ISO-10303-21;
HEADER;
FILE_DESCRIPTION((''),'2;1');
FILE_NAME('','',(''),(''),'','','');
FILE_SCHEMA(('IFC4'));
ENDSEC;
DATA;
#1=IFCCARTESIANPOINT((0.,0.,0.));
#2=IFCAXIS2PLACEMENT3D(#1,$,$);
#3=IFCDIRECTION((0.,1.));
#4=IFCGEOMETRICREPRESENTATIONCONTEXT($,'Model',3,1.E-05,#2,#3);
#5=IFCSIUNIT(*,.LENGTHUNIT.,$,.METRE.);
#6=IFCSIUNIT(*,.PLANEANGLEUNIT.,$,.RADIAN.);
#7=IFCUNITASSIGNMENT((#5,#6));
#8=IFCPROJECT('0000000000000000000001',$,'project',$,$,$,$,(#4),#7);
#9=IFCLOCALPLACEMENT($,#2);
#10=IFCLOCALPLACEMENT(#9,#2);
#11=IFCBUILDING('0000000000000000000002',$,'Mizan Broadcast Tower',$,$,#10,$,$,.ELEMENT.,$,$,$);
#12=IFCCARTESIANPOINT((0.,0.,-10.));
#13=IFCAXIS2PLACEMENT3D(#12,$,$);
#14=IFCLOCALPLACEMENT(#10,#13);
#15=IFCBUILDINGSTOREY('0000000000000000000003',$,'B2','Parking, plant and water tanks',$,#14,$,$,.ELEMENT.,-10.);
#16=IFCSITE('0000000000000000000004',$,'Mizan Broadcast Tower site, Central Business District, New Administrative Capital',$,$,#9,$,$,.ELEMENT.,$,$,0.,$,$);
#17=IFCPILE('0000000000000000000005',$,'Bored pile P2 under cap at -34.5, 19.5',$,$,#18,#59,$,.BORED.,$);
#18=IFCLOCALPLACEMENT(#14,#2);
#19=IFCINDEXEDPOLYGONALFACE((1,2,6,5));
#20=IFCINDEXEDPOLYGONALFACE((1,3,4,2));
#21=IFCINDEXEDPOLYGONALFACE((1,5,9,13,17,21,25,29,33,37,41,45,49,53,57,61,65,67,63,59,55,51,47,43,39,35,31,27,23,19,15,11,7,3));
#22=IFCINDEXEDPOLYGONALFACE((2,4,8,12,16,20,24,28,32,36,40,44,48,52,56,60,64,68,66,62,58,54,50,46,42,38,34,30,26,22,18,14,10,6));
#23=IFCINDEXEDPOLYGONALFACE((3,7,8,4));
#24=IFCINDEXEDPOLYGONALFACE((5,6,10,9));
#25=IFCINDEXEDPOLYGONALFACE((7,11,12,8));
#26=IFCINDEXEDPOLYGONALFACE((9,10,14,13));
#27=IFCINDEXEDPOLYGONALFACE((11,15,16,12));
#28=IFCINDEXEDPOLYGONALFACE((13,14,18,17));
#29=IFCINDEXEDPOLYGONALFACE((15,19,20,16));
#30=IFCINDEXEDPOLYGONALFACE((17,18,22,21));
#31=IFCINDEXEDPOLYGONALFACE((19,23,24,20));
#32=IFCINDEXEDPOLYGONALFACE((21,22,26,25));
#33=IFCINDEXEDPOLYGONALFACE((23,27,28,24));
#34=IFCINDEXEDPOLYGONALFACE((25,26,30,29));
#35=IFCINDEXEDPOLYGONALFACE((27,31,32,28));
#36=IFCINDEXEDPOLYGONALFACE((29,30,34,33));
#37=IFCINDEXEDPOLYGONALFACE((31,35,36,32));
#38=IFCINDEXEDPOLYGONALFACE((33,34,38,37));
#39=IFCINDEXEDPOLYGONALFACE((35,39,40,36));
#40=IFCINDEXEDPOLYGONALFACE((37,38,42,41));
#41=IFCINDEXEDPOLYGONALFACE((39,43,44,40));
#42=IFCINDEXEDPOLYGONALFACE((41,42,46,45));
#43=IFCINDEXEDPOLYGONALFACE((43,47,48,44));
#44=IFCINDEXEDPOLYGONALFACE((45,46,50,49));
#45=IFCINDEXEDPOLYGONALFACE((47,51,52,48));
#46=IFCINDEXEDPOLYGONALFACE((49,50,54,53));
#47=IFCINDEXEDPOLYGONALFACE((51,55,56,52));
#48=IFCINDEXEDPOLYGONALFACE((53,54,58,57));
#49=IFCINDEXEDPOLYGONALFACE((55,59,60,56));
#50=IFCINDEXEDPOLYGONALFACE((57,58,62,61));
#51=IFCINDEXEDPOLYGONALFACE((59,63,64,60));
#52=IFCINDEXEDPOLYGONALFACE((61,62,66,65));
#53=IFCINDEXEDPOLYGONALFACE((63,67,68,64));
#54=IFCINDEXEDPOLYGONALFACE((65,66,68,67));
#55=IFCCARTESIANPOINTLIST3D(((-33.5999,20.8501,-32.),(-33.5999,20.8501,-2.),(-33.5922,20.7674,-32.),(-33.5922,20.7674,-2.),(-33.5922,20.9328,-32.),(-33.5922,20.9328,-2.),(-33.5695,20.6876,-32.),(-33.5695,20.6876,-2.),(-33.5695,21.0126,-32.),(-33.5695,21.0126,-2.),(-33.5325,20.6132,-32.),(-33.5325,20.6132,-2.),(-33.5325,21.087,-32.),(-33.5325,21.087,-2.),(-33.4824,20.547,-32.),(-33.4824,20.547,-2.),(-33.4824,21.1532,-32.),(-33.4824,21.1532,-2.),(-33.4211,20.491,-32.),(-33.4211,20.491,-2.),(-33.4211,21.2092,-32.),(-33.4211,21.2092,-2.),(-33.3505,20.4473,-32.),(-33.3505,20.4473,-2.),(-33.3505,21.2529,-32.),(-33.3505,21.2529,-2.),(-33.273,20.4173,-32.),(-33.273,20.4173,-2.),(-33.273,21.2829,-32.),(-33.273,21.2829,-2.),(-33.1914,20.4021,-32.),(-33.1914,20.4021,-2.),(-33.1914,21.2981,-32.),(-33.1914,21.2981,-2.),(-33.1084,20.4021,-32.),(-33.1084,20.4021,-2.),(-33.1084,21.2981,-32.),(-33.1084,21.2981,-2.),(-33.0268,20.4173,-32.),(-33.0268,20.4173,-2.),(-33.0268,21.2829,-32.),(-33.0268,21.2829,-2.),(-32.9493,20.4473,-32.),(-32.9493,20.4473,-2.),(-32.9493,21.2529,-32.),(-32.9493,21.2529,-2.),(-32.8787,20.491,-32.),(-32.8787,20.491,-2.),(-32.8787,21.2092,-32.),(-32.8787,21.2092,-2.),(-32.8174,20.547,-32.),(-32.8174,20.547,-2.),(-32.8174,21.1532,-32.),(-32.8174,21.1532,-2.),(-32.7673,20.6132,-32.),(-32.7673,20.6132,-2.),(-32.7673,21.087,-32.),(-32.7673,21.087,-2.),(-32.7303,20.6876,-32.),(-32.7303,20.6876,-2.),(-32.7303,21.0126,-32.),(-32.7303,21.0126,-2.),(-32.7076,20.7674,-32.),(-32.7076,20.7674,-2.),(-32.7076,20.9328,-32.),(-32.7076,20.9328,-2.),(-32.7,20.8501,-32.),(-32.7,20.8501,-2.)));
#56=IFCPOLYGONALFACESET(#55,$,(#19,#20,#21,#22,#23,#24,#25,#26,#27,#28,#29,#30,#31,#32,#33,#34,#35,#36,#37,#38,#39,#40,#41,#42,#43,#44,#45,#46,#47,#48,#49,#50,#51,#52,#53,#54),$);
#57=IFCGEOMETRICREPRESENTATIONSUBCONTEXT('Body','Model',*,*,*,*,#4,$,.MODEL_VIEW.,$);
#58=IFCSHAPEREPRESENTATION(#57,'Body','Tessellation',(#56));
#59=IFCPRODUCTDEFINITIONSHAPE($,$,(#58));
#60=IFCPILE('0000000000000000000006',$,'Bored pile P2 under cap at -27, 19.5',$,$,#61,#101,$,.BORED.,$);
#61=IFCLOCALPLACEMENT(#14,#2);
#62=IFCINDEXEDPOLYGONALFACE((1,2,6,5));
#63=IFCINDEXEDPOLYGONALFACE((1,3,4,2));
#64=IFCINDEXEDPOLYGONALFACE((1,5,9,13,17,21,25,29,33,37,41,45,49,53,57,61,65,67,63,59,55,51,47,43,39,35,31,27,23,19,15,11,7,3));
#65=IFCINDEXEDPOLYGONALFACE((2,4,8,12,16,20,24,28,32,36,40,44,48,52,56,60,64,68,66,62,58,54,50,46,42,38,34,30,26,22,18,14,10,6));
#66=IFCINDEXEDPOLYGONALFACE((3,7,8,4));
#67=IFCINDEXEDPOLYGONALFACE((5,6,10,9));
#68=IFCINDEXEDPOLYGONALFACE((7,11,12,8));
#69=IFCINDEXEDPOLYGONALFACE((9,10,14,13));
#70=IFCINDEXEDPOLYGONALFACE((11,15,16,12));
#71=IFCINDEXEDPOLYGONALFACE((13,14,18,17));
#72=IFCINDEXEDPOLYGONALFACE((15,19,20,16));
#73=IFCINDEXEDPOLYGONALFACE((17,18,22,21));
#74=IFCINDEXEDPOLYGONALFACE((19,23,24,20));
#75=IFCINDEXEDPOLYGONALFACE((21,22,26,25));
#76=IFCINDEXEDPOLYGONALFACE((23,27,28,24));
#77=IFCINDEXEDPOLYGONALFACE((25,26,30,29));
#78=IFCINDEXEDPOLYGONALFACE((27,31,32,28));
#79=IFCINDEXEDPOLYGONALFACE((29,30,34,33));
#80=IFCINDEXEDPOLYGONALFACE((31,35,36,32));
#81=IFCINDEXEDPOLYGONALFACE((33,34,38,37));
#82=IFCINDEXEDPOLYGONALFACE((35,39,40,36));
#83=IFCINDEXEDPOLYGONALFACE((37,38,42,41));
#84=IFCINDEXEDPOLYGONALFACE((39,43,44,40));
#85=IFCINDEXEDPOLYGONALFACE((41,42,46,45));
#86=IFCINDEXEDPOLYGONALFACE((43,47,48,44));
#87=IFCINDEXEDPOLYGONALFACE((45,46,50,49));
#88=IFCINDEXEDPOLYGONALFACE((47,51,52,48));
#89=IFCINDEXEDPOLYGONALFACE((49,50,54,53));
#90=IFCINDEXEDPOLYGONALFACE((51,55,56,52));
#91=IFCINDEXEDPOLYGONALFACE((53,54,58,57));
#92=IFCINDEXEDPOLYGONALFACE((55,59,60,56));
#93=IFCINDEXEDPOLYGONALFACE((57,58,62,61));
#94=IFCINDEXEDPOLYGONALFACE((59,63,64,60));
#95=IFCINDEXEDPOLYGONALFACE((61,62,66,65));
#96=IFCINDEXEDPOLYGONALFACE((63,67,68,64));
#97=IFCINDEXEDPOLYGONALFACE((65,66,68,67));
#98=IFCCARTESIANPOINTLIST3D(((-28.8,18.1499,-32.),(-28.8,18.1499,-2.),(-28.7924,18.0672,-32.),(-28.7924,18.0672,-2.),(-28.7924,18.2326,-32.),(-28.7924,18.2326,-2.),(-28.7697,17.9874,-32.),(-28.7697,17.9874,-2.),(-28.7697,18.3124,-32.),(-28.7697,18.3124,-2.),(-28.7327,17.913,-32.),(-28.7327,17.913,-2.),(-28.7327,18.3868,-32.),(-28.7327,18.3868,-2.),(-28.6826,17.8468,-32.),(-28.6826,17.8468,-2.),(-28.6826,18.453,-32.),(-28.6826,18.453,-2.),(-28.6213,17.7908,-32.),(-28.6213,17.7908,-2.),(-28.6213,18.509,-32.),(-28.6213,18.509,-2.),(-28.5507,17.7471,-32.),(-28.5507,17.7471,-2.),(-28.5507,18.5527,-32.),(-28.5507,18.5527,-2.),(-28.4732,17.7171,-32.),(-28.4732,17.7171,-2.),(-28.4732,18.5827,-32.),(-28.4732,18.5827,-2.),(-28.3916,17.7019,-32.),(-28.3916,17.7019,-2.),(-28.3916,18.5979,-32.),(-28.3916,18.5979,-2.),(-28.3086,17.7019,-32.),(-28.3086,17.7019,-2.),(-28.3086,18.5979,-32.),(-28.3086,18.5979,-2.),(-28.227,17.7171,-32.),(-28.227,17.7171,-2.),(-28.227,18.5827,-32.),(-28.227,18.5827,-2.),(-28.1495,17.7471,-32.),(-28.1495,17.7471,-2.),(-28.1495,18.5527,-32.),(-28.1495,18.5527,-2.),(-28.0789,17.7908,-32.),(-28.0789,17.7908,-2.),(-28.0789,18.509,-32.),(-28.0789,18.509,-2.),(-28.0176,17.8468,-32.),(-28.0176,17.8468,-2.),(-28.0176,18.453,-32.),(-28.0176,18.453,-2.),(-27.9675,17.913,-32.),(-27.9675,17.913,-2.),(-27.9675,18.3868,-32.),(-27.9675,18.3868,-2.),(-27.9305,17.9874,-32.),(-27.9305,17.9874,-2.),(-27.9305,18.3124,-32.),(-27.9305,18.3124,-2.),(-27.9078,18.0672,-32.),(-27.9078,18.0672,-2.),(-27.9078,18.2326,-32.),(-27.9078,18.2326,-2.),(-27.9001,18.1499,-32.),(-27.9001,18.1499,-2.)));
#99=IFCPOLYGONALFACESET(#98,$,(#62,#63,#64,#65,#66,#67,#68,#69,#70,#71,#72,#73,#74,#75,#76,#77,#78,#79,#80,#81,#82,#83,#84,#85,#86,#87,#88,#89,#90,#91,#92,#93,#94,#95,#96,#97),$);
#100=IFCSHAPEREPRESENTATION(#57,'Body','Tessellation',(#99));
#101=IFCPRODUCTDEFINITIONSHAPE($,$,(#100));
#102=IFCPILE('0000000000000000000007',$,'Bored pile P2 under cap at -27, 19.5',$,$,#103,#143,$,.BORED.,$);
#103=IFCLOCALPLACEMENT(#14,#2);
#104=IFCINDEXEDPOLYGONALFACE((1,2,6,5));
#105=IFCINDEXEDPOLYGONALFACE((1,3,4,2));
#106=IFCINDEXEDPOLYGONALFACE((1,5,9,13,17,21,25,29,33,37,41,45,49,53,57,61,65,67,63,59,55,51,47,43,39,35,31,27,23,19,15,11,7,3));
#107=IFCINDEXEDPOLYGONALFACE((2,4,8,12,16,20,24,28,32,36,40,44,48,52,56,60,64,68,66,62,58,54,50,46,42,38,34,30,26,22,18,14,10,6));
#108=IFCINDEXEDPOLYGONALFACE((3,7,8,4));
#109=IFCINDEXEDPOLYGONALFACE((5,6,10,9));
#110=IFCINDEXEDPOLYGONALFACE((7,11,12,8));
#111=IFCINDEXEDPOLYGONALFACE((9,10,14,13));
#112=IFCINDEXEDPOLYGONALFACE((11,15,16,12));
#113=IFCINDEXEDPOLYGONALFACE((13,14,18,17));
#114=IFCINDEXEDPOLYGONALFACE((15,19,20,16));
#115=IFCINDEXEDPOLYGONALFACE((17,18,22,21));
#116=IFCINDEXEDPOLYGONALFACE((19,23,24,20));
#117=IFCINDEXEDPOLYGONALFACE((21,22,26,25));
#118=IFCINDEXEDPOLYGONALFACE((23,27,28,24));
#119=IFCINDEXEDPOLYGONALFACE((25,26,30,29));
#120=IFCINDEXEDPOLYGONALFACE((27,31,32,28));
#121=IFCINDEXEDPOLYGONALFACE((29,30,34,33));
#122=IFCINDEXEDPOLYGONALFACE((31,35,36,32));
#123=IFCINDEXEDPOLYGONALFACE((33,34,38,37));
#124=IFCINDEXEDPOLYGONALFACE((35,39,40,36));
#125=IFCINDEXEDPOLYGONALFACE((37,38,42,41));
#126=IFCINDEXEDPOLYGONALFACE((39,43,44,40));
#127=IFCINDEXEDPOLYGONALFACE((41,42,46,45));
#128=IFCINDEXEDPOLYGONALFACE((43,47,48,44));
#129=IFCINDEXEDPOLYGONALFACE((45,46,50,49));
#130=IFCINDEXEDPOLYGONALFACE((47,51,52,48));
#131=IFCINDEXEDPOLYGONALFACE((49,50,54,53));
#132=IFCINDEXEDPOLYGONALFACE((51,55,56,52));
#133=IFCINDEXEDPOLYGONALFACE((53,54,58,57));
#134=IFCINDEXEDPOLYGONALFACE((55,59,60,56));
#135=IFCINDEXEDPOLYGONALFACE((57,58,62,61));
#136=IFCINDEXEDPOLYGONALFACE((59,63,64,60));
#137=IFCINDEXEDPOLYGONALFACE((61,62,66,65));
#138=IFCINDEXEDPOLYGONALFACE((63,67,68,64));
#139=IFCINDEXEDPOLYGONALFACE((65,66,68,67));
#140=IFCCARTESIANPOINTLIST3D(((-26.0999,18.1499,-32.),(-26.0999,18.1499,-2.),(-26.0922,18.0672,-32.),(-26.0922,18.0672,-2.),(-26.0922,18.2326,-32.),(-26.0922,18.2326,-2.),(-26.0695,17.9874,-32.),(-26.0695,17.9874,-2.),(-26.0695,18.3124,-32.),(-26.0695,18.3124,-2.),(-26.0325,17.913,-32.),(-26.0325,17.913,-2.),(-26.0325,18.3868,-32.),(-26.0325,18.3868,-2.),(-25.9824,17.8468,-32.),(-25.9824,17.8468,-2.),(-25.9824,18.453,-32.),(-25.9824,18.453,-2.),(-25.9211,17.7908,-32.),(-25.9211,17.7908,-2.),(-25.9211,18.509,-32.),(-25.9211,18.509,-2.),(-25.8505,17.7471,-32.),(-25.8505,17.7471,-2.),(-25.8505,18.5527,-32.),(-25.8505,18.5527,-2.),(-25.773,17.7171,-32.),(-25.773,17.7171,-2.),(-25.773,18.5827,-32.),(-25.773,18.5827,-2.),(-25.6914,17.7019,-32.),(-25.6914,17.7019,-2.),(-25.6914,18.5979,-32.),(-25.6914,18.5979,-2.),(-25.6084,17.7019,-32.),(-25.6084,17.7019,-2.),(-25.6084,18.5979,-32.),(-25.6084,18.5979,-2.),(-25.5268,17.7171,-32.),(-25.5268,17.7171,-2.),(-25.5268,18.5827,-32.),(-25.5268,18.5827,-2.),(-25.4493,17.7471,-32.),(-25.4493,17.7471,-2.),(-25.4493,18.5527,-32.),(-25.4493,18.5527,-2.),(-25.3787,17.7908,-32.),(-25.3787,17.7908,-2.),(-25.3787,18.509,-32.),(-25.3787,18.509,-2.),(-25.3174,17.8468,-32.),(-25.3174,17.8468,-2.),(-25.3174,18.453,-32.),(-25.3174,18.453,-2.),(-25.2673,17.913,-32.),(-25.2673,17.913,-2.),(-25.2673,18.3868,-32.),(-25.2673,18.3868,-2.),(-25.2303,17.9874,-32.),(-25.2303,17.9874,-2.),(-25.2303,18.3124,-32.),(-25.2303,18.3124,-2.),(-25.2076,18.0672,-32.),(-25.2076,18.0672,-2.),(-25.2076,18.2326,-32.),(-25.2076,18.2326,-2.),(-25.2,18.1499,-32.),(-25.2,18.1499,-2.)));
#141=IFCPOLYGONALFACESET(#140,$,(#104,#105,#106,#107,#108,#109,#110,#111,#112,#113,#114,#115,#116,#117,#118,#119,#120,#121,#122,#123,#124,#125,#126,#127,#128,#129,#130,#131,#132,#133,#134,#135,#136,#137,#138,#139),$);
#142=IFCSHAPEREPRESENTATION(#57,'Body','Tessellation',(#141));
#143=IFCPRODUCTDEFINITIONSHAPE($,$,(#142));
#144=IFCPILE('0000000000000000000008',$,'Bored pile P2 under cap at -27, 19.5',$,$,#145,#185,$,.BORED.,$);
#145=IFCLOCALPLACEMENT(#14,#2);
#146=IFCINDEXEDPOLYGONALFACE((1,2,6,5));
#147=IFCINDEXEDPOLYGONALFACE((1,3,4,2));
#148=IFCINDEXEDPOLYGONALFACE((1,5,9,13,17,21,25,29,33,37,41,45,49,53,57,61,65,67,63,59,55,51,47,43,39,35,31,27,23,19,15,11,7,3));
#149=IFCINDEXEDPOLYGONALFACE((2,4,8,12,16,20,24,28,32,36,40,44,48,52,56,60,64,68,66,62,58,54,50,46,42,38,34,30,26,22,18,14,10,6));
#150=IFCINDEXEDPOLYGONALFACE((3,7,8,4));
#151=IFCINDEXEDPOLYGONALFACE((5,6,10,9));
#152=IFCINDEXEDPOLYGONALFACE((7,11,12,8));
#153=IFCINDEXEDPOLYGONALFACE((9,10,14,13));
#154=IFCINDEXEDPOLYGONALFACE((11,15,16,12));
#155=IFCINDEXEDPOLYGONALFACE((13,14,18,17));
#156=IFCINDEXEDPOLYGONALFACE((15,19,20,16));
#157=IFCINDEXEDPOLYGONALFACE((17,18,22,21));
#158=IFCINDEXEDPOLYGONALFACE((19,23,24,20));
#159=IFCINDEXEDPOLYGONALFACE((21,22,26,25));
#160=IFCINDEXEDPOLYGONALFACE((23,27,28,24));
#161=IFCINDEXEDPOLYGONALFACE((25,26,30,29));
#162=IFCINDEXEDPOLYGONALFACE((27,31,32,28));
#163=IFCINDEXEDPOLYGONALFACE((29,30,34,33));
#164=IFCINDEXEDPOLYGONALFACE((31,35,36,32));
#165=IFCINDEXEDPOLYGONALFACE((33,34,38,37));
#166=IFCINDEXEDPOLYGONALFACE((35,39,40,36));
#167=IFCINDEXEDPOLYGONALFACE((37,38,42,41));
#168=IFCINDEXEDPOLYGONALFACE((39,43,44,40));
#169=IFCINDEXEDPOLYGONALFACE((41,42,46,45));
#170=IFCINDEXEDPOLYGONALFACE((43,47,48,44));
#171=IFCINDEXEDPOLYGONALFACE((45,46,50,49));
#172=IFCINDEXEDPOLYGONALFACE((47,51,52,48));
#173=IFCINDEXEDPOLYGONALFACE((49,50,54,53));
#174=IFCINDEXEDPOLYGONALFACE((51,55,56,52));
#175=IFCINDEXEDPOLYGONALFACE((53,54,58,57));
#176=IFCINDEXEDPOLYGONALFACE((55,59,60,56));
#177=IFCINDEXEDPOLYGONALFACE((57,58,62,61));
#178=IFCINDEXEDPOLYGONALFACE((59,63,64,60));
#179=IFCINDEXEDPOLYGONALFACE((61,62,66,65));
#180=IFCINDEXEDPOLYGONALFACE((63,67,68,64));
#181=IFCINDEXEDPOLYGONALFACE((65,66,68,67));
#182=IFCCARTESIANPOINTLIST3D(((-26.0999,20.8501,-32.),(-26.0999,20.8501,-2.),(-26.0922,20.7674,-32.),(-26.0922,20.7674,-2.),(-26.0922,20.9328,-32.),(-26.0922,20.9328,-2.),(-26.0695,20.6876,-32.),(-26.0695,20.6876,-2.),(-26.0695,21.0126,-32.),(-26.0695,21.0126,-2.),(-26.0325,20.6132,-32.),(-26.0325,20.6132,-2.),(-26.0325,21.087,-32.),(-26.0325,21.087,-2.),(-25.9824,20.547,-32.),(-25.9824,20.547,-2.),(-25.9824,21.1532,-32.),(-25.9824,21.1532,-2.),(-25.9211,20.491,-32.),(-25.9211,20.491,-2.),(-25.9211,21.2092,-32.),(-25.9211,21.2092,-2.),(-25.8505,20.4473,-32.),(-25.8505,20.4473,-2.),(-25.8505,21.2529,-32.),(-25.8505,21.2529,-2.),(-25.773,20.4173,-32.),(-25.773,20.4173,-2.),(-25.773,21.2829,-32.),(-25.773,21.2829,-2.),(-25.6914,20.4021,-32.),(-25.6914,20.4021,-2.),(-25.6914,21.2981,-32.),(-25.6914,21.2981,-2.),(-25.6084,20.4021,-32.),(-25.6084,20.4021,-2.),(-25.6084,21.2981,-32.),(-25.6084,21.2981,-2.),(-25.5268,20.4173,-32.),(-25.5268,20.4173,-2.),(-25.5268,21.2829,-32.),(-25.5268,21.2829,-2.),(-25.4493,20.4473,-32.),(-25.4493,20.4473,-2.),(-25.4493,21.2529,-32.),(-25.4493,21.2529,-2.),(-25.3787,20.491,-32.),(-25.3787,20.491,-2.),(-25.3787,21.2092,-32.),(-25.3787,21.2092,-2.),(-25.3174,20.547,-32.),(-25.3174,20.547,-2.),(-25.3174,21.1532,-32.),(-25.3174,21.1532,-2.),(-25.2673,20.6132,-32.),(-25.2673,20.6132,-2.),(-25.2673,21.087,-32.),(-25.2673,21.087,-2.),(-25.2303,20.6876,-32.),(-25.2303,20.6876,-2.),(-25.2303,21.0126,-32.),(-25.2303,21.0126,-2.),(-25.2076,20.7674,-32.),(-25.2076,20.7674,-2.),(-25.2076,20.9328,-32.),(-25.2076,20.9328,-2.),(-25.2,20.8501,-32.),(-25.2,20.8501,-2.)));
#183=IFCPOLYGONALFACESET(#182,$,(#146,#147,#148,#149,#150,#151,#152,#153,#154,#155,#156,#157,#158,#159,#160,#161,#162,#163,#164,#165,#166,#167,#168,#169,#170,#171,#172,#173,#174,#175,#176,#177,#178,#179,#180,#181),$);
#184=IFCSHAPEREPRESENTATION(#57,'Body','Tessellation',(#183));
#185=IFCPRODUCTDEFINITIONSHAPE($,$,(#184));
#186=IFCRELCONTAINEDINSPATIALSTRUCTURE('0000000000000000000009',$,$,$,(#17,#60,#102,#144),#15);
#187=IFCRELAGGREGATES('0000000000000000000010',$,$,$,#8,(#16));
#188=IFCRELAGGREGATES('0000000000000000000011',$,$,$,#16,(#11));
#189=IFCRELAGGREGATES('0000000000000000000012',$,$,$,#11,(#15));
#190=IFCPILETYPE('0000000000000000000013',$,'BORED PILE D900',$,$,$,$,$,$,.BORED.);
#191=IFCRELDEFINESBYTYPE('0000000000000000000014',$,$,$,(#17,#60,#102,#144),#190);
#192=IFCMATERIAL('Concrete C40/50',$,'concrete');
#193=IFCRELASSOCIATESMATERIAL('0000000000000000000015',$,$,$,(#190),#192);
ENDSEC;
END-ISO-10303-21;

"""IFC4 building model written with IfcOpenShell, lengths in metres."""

from ifc_helpers import new_model, si_unit, direction, frame, origin, origin_2d, place, context, subcontext, project, spatial, circle, extrude, material, material_profile, profile_set, type_object, element, save


model = new_model("IFC4")

# Units and contexts
model_context = context("Model", 3, precision=1e-05, world=origin(), true_north=direction((0.0, 1.0)))
body_context = subcontext(model_context, "Body", "Model", "MODEL_VIEW")
ifc_project = project(units=[si_unit("LENGTHUNIT", "METRE"), si_unit("PLANEANGLEUNIT", "RADIAN")], contexts=[model_context])

# Site, building, storey
site_placement = place(None, origin())
site = spatial("IfcSite", under=ifc_project, at=site_placement, Name="Mizan Broadcast Tower site, Central Business District, New Administrative Capital", CompositionType="ELEMENT", RefElevation=0.0)
building_placement = place(site_placement, origin())
building = spatial("IfcBuilding", under=site, at=building_placement, Name="Mizan Broadcast Tower", CompositionType="ELEMENT")
storey_placement = place(building_placement, frame((0.0, 0.0, -10.0)))
storey = spatial("IfcBuildingStorey", under=building, at=storey_placement, Name="B2", Description="Parking, plant and water tanks", CompositionType="ELEMENT", Elevation=-10.0)

# Piles
ifc_material_1 = material(Name="Concrete C40/50", Category="concrete")
ifc_material_profile_1 = material_profile(ifc_material_1, circle(Radius=0.45, at=origin_2d()), Name="D900")
ifc_profile_set_1 = profile_set([ifc_material_profile_1], Name="Concrete C40/50")
pile_type_1 = type_object("IfcPileType", Name="BORED PILE D900", PredefinedType="BORED", material=ifc_profile_set_1)
for number, where, z_axis, x_axis, name in (
    (1, (-33.1499, 20.8501, -2.0), (0.0, 0.0, -1.0), (1.0, 0.0, 0.0), "Bored pile P2 under cap at -34.5, 19.5"),
    (2, (-28.3501, 18.1499, -2.0), (0.0, 0.0, -1.0), (1.0, 0.0, 0.0), "Bored pile P2 under cap at -27, 19.5"),
    (3, (-25.6499, 18.1499, -2.0), (0.0, 0.0, -1.0), (1.0, 0.0, 0.0), "Bored pile P2 under cap at -27, 19.5"),
    (4, (-25.6499, 20.8501, -2.0), (0.0, 0.0, -1.0), (1.0, 0.0, 0.0), "Bored pile P2 under cap at -27, 19.5"),
):
    element("IfcPile", number, at=place(storey_placement, frame(where, z_axis=z_axis, x_axis=x_axis)), inside=storey, type_object=pile_type_1, Name=name, PredefinedType="BORED", context=body_context, shape_type="SweptSolid", body=[
        extrude(circle(Radius=0.45, at=origin_2d()), origin(), (0.0, 0.0, 1.0), 30.0),
    ])

save(model, "model.ifc")
